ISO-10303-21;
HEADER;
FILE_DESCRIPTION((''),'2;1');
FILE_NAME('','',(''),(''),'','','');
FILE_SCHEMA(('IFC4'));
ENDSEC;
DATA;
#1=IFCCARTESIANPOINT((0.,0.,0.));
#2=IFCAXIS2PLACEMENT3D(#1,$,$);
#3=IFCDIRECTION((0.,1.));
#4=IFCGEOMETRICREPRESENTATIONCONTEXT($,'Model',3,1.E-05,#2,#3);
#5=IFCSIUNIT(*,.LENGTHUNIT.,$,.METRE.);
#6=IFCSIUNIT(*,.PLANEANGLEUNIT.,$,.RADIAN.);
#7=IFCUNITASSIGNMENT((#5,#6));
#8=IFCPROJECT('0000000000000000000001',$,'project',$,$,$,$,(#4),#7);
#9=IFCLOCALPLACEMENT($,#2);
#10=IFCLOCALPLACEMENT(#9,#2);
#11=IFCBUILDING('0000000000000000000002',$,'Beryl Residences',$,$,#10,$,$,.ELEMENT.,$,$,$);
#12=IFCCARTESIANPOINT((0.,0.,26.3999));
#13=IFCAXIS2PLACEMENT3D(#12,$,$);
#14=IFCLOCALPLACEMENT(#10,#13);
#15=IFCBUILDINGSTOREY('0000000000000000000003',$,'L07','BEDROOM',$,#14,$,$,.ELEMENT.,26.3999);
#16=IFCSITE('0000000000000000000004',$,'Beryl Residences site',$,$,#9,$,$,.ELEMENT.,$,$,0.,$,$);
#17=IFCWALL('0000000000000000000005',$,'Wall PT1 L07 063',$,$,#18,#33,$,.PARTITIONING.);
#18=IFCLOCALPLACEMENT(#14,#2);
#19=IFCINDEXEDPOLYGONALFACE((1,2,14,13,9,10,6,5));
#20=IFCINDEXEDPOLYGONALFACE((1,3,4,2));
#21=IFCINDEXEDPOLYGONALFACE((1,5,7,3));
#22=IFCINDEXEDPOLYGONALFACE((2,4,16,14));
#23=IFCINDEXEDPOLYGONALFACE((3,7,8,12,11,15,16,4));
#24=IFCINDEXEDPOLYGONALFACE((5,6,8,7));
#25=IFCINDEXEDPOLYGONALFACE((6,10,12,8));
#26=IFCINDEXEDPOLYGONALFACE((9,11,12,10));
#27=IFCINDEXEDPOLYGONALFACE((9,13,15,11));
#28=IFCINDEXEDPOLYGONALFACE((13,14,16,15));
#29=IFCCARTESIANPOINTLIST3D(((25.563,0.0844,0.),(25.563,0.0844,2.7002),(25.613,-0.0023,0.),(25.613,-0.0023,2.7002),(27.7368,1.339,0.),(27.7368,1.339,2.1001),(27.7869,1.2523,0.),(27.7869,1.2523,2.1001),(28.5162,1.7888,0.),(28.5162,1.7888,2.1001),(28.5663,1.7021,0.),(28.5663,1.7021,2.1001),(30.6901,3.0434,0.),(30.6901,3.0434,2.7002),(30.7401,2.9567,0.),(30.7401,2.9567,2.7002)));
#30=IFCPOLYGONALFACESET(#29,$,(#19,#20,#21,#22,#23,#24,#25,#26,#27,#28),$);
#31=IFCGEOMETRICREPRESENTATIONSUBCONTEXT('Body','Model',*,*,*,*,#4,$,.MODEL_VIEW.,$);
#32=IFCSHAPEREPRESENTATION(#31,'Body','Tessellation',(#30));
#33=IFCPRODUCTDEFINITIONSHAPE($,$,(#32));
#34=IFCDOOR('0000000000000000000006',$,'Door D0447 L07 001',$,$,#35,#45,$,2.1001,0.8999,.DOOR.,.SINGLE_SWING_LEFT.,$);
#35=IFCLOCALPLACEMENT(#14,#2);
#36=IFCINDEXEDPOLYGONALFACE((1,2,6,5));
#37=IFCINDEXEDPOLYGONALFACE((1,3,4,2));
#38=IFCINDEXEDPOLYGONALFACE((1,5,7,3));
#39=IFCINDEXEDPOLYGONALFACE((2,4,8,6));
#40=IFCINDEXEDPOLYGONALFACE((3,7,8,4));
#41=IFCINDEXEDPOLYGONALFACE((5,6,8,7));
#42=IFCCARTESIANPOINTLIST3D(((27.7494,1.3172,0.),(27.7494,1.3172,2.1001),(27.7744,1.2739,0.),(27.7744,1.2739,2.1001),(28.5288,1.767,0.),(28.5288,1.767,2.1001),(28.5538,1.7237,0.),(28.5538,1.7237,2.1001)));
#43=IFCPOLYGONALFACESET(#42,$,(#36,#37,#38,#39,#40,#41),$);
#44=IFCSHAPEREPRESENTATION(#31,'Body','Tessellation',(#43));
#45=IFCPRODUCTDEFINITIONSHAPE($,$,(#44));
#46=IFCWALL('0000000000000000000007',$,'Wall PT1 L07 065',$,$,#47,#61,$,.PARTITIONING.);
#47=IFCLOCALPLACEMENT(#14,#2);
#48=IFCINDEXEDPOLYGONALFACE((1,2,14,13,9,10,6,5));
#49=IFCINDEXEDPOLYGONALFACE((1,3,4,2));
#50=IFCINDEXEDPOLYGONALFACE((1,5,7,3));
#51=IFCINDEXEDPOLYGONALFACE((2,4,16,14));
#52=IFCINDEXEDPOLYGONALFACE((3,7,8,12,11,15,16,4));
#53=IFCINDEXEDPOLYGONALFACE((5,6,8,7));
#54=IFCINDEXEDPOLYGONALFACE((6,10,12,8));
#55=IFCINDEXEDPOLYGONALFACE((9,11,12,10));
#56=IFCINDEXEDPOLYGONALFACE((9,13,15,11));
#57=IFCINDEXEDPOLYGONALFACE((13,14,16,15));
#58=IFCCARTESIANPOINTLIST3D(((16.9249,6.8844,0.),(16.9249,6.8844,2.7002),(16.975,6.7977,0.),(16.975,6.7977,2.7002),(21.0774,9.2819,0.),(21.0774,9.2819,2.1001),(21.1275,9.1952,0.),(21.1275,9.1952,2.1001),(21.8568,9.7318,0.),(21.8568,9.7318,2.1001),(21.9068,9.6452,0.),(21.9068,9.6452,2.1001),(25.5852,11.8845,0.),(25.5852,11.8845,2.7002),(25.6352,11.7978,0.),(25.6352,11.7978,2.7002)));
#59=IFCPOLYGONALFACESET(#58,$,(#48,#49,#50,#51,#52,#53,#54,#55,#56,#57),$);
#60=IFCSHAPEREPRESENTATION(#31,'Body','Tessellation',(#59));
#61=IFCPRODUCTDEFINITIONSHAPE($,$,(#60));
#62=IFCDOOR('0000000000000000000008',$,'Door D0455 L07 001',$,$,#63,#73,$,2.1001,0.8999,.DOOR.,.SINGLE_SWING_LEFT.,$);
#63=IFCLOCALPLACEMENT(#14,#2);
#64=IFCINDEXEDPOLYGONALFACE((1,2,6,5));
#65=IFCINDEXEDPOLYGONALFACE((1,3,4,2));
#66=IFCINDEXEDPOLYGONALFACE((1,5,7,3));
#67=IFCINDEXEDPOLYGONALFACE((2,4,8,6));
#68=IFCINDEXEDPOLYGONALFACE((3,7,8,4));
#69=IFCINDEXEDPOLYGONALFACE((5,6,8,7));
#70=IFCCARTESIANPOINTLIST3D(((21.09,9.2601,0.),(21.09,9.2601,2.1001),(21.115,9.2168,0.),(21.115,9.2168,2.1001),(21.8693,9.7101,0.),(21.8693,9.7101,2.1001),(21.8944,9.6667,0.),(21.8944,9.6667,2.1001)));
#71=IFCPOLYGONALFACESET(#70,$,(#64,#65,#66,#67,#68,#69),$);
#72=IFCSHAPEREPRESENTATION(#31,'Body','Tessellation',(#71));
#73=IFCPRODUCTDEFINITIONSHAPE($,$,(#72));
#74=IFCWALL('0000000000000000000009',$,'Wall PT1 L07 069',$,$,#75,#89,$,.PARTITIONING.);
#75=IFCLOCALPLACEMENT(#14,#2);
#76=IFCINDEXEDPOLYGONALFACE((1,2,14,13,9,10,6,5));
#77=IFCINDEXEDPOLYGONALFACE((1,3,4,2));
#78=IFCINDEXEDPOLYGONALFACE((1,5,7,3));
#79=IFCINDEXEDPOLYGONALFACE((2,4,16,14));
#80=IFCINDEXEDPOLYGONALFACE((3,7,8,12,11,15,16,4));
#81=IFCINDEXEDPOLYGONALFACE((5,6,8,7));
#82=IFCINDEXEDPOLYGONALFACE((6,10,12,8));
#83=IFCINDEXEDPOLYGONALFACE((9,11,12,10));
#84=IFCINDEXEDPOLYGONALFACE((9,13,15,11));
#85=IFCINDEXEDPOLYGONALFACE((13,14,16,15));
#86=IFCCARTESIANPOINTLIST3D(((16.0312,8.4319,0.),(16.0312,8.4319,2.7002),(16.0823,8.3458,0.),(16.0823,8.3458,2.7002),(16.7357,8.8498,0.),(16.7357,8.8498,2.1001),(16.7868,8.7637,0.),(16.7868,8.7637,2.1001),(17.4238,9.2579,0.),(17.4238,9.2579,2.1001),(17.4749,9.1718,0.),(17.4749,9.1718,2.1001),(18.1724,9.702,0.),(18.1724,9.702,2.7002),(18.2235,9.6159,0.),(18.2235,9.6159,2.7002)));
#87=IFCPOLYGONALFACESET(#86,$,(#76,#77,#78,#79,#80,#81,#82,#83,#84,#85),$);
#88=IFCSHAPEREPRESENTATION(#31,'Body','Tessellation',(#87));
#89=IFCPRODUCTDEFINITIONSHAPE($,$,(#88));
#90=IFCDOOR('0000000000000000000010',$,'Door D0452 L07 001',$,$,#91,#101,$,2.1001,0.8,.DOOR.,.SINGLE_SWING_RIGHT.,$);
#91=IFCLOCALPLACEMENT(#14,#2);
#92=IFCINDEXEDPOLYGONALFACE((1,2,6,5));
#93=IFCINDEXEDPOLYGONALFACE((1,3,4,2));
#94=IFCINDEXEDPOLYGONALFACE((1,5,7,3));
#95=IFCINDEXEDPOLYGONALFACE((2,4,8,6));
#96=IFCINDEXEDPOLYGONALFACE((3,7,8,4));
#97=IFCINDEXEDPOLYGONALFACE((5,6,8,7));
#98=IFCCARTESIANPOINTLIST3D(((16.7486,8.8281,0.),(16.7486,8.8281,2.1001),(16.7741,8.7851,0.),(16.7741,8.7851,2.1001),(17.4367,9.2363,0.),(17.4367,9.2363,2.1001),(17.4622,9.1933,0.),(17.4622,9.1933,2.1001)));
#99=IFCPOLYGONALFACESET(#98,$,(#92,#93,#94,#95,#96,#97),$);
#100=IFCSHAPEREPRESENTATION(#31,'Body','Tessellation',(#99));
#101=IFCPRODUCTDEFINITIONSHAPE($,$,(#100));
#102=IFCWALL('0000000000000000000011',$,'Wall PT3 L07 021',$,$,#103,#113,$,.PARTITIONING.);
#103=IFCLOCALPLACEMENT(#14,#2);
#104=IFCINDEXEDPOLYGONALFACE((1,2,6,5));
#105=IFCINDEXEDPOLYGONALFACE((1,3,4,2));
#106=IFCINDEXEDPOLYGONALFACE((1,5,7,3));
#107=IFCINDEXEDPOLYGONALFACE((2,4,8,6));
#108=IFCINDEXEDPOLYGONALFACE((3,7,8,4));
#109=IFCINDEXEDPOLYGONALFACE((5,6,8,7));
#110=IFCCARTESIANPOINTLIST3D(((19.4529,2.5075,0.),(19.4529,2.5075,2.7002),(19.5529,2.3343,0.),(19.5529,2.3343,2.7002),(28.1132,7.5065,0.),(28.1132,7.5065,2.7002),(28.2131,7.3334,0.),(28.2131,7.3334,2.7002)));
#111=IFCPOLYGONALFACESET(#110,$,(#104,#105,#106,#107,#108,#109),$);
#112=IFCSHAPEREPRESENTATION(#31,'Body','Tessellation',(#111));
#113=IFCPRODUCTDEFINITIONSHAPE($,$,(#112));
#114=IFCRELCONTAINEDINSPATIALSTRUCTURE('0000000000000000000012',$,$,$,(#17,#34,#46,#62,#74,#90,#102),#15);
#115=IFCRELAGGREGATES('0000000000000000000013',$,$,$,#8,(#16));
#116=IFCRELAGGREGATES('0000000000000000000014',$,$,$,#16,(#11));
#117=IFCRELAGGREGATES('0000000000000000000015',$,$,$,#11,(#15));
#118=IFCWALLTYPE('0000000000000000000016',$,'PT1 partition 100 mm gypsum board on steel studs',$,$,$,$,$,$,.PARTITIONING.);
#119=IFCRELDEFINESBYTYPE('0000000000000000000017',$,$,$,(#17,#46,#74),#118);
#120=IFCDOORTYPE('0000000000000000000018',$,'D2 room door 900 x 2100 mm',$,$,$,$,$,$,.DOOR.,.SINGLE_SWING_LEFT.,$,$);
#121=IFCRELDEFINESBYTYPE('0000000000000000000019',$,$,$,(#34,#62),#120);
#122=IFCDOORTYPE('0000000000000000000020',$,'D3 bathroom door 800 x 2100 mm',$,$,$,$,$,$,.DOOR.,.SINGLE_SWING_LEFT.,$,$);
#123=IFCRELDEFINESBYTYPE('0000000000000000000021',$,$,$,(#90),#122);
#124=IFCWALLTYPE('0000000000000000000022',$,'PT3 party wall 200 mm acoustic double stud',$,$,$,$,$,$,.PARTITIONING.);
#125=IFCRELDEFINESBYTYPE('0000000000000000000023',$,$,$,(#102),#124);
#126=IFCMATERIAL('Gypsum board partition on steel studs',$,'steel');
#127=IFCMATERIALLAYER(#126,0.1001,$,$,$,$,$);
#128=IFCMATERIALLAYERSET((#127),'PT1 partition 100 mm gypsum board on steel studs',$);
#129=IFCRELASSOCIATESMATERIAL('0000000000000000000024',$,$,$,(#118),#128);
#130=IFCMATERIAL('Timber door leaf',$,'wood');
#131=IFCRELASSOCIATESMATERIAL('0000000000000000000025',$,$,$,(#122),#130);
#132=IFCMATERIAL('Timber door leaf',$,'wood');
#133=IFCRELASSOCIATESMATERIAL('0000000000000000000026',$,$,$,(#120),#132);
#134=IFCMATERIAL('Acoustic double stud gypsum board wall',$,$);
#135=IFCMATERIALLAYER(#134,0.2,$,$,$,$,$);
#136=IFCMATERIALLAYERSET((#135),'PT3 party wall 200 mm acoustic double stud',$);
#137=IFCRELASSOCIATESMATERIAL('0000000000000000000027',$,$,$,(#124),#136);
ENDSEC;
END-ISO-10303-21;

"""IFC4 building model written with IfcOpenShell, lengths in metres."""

from ifc_helpers import new_model, si_unit, direction, frame, frame_2d, origin, place, context, subcontext, project, spatial, rectangle, extrude, material, layer, layer_set, type_object, element, fill, save


model = new_model("IFC4")

# Units and contexts
model_context = context("Model", 3, precision=1e-05, world=origin(), true_north=direction((0.0, 1.0)))
body_context = subcontext(model_context, "Body", "Model", "MODEL_VIEW")
ifc_project = project(units=[si_unit("LENGTHUNIT", "METRE"), si_unit("PLANEANGLEUNIT", "RADIAN")], contexts=[model_context])

# Site, building, storey
site_placement = place(None, origin())
site = spatial("IfcSite", under=ifc_project, at=site_placement, Name="Beryl Residences site", CompositionType="ELEMENT", RefElevation=0.0)
building_placement = place(site_placement, origin())
building = spatial("IfcBuilding", under=site, at=building_placement, Name="Beryl Residences", CompositionType="ELEMENT")
storey_placement = place(building_placement, frame((0.0, 0.0, 26.3999)))
storey = spatial("IfcBuildingStorey", under=building, at=storey_placement, Name="L07", Description="BEDROOM", CompositionType="ELEMENT", Elevation=26.3999)

# Shared definitions
ifc_material_1 = material(Name="Gypsum board partition on steel studs", Category="steel")
ifc_layer_1 = layer(ifc_material_1, 0.1001)
ifc_layer_set_1 = layer_set([ifc_layer_1], Name="PT1 partition 100 mm gypsum board on steel studs")
wall_type_1 = type_object("IfcWallType", Name="PT1 partition 100 mm gypsum board on steel studs", PredefinedType="PARTITIONING", material=ifc_layer_set_1)
ifc_material_2 = material(Name="Timber door leaf", Category="wood")
door_type_1 = type_object("IfcDoorType", Name="D3 bathroom door 800 x 2100 mm", OperationType="SINGLE_SWING_LEFT", PredefinedType="DOOR", material=ifc_material_2)
ifc_material_3 = material(Name="Timber door leaf", Category="wood")
door_type_2 = type_object("IfcDoorType", Name="D2 room door 900 x 2100 mm", OperationType="SINGLE_SWING_LEFT", PredefinedType="DOOR", material=ifc_material_3)

# Walls, openings, doors
wall_1_placement = place(storey_placement, frame((25.5879, 0.041, 0.0), z_axis=(0.0, 0.0, 1.0), x_axis=(0.866113, 0.499847, 0.0)))
wall_1 = element("IfcWall", 1, at=wall_1_placement, inside=storey, type_object=wall_type_1, Name="Wall PT1 L07 063", PredefinedType="PARTITIONING", context=body_context, shape_type="SweptSolid", body=[
    extrude(rectangle(XDim=5.9197, YDim=0.1001, at=frame_2d((2.96, 0.0))), origin(), (0.0, 0.0, 1.0), 2.7002),
])
opening_1_placement = place(wall_1_placement, frame((2.51, 0.0, 0.0)))
opening_1 = element("IfcOpeningElement", 2, at=opening_1_placement, cuts=wall_1, PredefinedType="OPENING", context=body_context, shape_type="SweptSolid", body=[
    extrude(rectangle(XDim=0.8999, YDim=2.1001, at=frame_2d((0.45, 1.05))), frame((0.0, 0.0601, 0.0), z_axis=(0.0, -1.0, 0.0), x_axis=(1.0, 0.0, 0.0)), (0.0, 0.0, 1.0), 0.1201),
])
door_1_placement = place(opening_1_placement, origin())
door_1 = element("IfcDoor", 3, at=door_1_placement, inside=storey, type_object=door_type_2, Name="Door D0447 L07 001", OperationType="SINGLE_SWING_LEFT", OverallHeight=2.1001, OverallWidth=0.8999, PredefinedType="DOOR", context=body_context, shape_type="SweptSolid", body=[
    extrude(rectangle(XDim=0.8999, YDim=2.1001, at=frame_2d((0.45, 1.05))), frame((0.0, 0.0249, 0.0), z_axis=(0.0, -1.0, 0.0), x_axis=(1.0, 0.0, 0.0)), (0.0, 0.0, 1.0), 0.05),
])
fill(opening_1, door_1)
wall_2_placement = place(storey_placement, frame((16.95, 6.8411, 0.0), z_axis=(0.0, 0.0, 1.0), x_axis=(0.866023, 0.500004, 0.0)))
wall_2 = element("IfcWall", 4, at=wall_2_placement, inside=storey, type_object=wall_type_1, Name="Wall PT1 L07 065", PredefinedType="PARTITIONING", context=body_context, shape_type="SweptSolid", body=[
    extrude(rectangle(XDim=10.0, YDim=0.1001, at=frame_2d((5.0, 0.0))), origin(), (0.0, 0.0, 1.0), 2.7002),
])
opening_2_placement = place(wall_2_placement, frame((4.7949, 0.0, 0.0)))
opening_2 = element("IfcOpeningElement", 5, at=opening_2_placement, cuts=wall_2, PredefinedType="OPENING", context=body_context, shape_type="SweptSolid", body=[
    extrude(rectangle(XDim=0.8999, YDim=2.1001, at=frame_2d((0.45, 1.05))), frame((0.0, 0.0601, 0.0), z_axis=(0.0, -1.0, 0.0), x_axis=(1.0, 0.0, 0.0)), (0.0, 0.0, 1.0), 0.1201),
])
door_2_placement = place(opening_2_placement, origin())
door_2 = element("IfcDoor", 6, at=door_2_placement, inside=storey, type_object=door_type_2, Name="Door D0455 L07 001", OperationType="SINGLE_SWING_LEFT", OverallHeight=2.1001, OverallWidth=0.8999, PredefinedType="DOOR", context=body_context, shape_type="SweptSolid", body=[
    extrude(rectangle(XDim=0.8999, YDim=2.1001, at=frame_2d((0.45, 1.05))), frame((0.0, 0.0249, 0.0), z_axis=(0.0, -1.0, 0.0), x_axis=(1.0, 0.0, 0.0)), (0.0, 0.0, 1.0), 0.05),
])
fill(opening_2, door_2)
wall_3_placement = place(storey_placement, frame((16.0569, 8.3889, 0.0), z_axis=(0.0, 0.0, 1.0), x_axis=(0.860078, 0.510163, 0.0)))
wall_3 = element("IfcWall", 7, at=wall_3_placement, inside=storey, type_object=wall_type_1, Name="Wall PT1 L07 069", PredefinedType="PARTITIONING", context=body_context, shape_type="SweptSolid", body=[
    extrude(rectangle(XDim=2.4895, YDim=0.1001, at=frame_2d((1.2446, 0.0))), origin(), (0.0, 0.0, 1.0), 2.7002),
])
opening_3_placement = place(wall_3_placement, frame((0.8191, 0.0, 0.0)))
opening_3 = element("IfcOpeningElement", 8, at=opening_3_placement, cuts=wall_3, PredefinedType="OPENING", context=body_context, shape_type="SweptSolid", body=[
    extrude(rectangle(XDim=0.8, YDim=2.1001, at=frame_2d((0.3999, 1.05))), frame((0.0, 0.0601, 0.0), z_axis=(0.0, -1.0, 0.0), x_axis=(1.0, 0.0, 0.0)), (0.0, 0.0, 1.0), 0.1201),
])
door_3_placement = place(opening_3_placement, origin())
door_3 = element("IfcDoor", 9, at=door_3_placement, inside=storey, type_object=door_type_1, Name="Door D0452 L07 001", OperationType="SINGLE_SWING_RIGHT", OverallHeight=2.1001, OverallWidth=0.8, PredefinedType="DOOR", context=body_context, shape_type="SweptSolid", body=[
    extrude(rectangle(XDim=0.8, YDim=2.1001, at=frame_2d((0.3999, 1.05))), frame((0.0, 0.0249, 0.0), z_axis=(0.0, -1.0, 0.0), x_axis=(1.0, 0.0, 0.0)), (0.0, 0.0, 1.0), 0.05),
])
fill(opening_3, door_3)

# Wall
ifc_material_4 = material(Name="Acoustic double stud gypsum board wall")
ifc_layer_2 = layer(ifc_material_4, 0.2)
ifc_layer_set_2 = layer_set([ifc_layer_2], Name="PT3 party wall 200 mm acoustic double stud")
wall_type_2 = type_object("IfcWallType", Name="PT3 party wall 200 mm acoustic double stud", PredefinedType="PARTITIONING", material=ifc_layer_set_2)
wall_4_placement = place(storey_placement, frame((19.5029, 2.4209, 0.0), z_axis=(0.0, 0.0, 1.0), x_axis=(0.866065, 0.499931, 0.0)))
element("IfcWall", 10, at=wall_4_placement, inside=storey, type_object=wall_type_2, Name="Wall PT3 L07 021", PredefinedType="PARTITIONING", context=body_context, shape_type="SweptSolid", body=[
    extrude(rectangle(XDim=9.9995, YDim=0.2, at=frame_2d((4.9998, 0.0))), origin(), (0.0, 0.0, 1.0), 2.7002),
])

save(model, "model.ifc")
